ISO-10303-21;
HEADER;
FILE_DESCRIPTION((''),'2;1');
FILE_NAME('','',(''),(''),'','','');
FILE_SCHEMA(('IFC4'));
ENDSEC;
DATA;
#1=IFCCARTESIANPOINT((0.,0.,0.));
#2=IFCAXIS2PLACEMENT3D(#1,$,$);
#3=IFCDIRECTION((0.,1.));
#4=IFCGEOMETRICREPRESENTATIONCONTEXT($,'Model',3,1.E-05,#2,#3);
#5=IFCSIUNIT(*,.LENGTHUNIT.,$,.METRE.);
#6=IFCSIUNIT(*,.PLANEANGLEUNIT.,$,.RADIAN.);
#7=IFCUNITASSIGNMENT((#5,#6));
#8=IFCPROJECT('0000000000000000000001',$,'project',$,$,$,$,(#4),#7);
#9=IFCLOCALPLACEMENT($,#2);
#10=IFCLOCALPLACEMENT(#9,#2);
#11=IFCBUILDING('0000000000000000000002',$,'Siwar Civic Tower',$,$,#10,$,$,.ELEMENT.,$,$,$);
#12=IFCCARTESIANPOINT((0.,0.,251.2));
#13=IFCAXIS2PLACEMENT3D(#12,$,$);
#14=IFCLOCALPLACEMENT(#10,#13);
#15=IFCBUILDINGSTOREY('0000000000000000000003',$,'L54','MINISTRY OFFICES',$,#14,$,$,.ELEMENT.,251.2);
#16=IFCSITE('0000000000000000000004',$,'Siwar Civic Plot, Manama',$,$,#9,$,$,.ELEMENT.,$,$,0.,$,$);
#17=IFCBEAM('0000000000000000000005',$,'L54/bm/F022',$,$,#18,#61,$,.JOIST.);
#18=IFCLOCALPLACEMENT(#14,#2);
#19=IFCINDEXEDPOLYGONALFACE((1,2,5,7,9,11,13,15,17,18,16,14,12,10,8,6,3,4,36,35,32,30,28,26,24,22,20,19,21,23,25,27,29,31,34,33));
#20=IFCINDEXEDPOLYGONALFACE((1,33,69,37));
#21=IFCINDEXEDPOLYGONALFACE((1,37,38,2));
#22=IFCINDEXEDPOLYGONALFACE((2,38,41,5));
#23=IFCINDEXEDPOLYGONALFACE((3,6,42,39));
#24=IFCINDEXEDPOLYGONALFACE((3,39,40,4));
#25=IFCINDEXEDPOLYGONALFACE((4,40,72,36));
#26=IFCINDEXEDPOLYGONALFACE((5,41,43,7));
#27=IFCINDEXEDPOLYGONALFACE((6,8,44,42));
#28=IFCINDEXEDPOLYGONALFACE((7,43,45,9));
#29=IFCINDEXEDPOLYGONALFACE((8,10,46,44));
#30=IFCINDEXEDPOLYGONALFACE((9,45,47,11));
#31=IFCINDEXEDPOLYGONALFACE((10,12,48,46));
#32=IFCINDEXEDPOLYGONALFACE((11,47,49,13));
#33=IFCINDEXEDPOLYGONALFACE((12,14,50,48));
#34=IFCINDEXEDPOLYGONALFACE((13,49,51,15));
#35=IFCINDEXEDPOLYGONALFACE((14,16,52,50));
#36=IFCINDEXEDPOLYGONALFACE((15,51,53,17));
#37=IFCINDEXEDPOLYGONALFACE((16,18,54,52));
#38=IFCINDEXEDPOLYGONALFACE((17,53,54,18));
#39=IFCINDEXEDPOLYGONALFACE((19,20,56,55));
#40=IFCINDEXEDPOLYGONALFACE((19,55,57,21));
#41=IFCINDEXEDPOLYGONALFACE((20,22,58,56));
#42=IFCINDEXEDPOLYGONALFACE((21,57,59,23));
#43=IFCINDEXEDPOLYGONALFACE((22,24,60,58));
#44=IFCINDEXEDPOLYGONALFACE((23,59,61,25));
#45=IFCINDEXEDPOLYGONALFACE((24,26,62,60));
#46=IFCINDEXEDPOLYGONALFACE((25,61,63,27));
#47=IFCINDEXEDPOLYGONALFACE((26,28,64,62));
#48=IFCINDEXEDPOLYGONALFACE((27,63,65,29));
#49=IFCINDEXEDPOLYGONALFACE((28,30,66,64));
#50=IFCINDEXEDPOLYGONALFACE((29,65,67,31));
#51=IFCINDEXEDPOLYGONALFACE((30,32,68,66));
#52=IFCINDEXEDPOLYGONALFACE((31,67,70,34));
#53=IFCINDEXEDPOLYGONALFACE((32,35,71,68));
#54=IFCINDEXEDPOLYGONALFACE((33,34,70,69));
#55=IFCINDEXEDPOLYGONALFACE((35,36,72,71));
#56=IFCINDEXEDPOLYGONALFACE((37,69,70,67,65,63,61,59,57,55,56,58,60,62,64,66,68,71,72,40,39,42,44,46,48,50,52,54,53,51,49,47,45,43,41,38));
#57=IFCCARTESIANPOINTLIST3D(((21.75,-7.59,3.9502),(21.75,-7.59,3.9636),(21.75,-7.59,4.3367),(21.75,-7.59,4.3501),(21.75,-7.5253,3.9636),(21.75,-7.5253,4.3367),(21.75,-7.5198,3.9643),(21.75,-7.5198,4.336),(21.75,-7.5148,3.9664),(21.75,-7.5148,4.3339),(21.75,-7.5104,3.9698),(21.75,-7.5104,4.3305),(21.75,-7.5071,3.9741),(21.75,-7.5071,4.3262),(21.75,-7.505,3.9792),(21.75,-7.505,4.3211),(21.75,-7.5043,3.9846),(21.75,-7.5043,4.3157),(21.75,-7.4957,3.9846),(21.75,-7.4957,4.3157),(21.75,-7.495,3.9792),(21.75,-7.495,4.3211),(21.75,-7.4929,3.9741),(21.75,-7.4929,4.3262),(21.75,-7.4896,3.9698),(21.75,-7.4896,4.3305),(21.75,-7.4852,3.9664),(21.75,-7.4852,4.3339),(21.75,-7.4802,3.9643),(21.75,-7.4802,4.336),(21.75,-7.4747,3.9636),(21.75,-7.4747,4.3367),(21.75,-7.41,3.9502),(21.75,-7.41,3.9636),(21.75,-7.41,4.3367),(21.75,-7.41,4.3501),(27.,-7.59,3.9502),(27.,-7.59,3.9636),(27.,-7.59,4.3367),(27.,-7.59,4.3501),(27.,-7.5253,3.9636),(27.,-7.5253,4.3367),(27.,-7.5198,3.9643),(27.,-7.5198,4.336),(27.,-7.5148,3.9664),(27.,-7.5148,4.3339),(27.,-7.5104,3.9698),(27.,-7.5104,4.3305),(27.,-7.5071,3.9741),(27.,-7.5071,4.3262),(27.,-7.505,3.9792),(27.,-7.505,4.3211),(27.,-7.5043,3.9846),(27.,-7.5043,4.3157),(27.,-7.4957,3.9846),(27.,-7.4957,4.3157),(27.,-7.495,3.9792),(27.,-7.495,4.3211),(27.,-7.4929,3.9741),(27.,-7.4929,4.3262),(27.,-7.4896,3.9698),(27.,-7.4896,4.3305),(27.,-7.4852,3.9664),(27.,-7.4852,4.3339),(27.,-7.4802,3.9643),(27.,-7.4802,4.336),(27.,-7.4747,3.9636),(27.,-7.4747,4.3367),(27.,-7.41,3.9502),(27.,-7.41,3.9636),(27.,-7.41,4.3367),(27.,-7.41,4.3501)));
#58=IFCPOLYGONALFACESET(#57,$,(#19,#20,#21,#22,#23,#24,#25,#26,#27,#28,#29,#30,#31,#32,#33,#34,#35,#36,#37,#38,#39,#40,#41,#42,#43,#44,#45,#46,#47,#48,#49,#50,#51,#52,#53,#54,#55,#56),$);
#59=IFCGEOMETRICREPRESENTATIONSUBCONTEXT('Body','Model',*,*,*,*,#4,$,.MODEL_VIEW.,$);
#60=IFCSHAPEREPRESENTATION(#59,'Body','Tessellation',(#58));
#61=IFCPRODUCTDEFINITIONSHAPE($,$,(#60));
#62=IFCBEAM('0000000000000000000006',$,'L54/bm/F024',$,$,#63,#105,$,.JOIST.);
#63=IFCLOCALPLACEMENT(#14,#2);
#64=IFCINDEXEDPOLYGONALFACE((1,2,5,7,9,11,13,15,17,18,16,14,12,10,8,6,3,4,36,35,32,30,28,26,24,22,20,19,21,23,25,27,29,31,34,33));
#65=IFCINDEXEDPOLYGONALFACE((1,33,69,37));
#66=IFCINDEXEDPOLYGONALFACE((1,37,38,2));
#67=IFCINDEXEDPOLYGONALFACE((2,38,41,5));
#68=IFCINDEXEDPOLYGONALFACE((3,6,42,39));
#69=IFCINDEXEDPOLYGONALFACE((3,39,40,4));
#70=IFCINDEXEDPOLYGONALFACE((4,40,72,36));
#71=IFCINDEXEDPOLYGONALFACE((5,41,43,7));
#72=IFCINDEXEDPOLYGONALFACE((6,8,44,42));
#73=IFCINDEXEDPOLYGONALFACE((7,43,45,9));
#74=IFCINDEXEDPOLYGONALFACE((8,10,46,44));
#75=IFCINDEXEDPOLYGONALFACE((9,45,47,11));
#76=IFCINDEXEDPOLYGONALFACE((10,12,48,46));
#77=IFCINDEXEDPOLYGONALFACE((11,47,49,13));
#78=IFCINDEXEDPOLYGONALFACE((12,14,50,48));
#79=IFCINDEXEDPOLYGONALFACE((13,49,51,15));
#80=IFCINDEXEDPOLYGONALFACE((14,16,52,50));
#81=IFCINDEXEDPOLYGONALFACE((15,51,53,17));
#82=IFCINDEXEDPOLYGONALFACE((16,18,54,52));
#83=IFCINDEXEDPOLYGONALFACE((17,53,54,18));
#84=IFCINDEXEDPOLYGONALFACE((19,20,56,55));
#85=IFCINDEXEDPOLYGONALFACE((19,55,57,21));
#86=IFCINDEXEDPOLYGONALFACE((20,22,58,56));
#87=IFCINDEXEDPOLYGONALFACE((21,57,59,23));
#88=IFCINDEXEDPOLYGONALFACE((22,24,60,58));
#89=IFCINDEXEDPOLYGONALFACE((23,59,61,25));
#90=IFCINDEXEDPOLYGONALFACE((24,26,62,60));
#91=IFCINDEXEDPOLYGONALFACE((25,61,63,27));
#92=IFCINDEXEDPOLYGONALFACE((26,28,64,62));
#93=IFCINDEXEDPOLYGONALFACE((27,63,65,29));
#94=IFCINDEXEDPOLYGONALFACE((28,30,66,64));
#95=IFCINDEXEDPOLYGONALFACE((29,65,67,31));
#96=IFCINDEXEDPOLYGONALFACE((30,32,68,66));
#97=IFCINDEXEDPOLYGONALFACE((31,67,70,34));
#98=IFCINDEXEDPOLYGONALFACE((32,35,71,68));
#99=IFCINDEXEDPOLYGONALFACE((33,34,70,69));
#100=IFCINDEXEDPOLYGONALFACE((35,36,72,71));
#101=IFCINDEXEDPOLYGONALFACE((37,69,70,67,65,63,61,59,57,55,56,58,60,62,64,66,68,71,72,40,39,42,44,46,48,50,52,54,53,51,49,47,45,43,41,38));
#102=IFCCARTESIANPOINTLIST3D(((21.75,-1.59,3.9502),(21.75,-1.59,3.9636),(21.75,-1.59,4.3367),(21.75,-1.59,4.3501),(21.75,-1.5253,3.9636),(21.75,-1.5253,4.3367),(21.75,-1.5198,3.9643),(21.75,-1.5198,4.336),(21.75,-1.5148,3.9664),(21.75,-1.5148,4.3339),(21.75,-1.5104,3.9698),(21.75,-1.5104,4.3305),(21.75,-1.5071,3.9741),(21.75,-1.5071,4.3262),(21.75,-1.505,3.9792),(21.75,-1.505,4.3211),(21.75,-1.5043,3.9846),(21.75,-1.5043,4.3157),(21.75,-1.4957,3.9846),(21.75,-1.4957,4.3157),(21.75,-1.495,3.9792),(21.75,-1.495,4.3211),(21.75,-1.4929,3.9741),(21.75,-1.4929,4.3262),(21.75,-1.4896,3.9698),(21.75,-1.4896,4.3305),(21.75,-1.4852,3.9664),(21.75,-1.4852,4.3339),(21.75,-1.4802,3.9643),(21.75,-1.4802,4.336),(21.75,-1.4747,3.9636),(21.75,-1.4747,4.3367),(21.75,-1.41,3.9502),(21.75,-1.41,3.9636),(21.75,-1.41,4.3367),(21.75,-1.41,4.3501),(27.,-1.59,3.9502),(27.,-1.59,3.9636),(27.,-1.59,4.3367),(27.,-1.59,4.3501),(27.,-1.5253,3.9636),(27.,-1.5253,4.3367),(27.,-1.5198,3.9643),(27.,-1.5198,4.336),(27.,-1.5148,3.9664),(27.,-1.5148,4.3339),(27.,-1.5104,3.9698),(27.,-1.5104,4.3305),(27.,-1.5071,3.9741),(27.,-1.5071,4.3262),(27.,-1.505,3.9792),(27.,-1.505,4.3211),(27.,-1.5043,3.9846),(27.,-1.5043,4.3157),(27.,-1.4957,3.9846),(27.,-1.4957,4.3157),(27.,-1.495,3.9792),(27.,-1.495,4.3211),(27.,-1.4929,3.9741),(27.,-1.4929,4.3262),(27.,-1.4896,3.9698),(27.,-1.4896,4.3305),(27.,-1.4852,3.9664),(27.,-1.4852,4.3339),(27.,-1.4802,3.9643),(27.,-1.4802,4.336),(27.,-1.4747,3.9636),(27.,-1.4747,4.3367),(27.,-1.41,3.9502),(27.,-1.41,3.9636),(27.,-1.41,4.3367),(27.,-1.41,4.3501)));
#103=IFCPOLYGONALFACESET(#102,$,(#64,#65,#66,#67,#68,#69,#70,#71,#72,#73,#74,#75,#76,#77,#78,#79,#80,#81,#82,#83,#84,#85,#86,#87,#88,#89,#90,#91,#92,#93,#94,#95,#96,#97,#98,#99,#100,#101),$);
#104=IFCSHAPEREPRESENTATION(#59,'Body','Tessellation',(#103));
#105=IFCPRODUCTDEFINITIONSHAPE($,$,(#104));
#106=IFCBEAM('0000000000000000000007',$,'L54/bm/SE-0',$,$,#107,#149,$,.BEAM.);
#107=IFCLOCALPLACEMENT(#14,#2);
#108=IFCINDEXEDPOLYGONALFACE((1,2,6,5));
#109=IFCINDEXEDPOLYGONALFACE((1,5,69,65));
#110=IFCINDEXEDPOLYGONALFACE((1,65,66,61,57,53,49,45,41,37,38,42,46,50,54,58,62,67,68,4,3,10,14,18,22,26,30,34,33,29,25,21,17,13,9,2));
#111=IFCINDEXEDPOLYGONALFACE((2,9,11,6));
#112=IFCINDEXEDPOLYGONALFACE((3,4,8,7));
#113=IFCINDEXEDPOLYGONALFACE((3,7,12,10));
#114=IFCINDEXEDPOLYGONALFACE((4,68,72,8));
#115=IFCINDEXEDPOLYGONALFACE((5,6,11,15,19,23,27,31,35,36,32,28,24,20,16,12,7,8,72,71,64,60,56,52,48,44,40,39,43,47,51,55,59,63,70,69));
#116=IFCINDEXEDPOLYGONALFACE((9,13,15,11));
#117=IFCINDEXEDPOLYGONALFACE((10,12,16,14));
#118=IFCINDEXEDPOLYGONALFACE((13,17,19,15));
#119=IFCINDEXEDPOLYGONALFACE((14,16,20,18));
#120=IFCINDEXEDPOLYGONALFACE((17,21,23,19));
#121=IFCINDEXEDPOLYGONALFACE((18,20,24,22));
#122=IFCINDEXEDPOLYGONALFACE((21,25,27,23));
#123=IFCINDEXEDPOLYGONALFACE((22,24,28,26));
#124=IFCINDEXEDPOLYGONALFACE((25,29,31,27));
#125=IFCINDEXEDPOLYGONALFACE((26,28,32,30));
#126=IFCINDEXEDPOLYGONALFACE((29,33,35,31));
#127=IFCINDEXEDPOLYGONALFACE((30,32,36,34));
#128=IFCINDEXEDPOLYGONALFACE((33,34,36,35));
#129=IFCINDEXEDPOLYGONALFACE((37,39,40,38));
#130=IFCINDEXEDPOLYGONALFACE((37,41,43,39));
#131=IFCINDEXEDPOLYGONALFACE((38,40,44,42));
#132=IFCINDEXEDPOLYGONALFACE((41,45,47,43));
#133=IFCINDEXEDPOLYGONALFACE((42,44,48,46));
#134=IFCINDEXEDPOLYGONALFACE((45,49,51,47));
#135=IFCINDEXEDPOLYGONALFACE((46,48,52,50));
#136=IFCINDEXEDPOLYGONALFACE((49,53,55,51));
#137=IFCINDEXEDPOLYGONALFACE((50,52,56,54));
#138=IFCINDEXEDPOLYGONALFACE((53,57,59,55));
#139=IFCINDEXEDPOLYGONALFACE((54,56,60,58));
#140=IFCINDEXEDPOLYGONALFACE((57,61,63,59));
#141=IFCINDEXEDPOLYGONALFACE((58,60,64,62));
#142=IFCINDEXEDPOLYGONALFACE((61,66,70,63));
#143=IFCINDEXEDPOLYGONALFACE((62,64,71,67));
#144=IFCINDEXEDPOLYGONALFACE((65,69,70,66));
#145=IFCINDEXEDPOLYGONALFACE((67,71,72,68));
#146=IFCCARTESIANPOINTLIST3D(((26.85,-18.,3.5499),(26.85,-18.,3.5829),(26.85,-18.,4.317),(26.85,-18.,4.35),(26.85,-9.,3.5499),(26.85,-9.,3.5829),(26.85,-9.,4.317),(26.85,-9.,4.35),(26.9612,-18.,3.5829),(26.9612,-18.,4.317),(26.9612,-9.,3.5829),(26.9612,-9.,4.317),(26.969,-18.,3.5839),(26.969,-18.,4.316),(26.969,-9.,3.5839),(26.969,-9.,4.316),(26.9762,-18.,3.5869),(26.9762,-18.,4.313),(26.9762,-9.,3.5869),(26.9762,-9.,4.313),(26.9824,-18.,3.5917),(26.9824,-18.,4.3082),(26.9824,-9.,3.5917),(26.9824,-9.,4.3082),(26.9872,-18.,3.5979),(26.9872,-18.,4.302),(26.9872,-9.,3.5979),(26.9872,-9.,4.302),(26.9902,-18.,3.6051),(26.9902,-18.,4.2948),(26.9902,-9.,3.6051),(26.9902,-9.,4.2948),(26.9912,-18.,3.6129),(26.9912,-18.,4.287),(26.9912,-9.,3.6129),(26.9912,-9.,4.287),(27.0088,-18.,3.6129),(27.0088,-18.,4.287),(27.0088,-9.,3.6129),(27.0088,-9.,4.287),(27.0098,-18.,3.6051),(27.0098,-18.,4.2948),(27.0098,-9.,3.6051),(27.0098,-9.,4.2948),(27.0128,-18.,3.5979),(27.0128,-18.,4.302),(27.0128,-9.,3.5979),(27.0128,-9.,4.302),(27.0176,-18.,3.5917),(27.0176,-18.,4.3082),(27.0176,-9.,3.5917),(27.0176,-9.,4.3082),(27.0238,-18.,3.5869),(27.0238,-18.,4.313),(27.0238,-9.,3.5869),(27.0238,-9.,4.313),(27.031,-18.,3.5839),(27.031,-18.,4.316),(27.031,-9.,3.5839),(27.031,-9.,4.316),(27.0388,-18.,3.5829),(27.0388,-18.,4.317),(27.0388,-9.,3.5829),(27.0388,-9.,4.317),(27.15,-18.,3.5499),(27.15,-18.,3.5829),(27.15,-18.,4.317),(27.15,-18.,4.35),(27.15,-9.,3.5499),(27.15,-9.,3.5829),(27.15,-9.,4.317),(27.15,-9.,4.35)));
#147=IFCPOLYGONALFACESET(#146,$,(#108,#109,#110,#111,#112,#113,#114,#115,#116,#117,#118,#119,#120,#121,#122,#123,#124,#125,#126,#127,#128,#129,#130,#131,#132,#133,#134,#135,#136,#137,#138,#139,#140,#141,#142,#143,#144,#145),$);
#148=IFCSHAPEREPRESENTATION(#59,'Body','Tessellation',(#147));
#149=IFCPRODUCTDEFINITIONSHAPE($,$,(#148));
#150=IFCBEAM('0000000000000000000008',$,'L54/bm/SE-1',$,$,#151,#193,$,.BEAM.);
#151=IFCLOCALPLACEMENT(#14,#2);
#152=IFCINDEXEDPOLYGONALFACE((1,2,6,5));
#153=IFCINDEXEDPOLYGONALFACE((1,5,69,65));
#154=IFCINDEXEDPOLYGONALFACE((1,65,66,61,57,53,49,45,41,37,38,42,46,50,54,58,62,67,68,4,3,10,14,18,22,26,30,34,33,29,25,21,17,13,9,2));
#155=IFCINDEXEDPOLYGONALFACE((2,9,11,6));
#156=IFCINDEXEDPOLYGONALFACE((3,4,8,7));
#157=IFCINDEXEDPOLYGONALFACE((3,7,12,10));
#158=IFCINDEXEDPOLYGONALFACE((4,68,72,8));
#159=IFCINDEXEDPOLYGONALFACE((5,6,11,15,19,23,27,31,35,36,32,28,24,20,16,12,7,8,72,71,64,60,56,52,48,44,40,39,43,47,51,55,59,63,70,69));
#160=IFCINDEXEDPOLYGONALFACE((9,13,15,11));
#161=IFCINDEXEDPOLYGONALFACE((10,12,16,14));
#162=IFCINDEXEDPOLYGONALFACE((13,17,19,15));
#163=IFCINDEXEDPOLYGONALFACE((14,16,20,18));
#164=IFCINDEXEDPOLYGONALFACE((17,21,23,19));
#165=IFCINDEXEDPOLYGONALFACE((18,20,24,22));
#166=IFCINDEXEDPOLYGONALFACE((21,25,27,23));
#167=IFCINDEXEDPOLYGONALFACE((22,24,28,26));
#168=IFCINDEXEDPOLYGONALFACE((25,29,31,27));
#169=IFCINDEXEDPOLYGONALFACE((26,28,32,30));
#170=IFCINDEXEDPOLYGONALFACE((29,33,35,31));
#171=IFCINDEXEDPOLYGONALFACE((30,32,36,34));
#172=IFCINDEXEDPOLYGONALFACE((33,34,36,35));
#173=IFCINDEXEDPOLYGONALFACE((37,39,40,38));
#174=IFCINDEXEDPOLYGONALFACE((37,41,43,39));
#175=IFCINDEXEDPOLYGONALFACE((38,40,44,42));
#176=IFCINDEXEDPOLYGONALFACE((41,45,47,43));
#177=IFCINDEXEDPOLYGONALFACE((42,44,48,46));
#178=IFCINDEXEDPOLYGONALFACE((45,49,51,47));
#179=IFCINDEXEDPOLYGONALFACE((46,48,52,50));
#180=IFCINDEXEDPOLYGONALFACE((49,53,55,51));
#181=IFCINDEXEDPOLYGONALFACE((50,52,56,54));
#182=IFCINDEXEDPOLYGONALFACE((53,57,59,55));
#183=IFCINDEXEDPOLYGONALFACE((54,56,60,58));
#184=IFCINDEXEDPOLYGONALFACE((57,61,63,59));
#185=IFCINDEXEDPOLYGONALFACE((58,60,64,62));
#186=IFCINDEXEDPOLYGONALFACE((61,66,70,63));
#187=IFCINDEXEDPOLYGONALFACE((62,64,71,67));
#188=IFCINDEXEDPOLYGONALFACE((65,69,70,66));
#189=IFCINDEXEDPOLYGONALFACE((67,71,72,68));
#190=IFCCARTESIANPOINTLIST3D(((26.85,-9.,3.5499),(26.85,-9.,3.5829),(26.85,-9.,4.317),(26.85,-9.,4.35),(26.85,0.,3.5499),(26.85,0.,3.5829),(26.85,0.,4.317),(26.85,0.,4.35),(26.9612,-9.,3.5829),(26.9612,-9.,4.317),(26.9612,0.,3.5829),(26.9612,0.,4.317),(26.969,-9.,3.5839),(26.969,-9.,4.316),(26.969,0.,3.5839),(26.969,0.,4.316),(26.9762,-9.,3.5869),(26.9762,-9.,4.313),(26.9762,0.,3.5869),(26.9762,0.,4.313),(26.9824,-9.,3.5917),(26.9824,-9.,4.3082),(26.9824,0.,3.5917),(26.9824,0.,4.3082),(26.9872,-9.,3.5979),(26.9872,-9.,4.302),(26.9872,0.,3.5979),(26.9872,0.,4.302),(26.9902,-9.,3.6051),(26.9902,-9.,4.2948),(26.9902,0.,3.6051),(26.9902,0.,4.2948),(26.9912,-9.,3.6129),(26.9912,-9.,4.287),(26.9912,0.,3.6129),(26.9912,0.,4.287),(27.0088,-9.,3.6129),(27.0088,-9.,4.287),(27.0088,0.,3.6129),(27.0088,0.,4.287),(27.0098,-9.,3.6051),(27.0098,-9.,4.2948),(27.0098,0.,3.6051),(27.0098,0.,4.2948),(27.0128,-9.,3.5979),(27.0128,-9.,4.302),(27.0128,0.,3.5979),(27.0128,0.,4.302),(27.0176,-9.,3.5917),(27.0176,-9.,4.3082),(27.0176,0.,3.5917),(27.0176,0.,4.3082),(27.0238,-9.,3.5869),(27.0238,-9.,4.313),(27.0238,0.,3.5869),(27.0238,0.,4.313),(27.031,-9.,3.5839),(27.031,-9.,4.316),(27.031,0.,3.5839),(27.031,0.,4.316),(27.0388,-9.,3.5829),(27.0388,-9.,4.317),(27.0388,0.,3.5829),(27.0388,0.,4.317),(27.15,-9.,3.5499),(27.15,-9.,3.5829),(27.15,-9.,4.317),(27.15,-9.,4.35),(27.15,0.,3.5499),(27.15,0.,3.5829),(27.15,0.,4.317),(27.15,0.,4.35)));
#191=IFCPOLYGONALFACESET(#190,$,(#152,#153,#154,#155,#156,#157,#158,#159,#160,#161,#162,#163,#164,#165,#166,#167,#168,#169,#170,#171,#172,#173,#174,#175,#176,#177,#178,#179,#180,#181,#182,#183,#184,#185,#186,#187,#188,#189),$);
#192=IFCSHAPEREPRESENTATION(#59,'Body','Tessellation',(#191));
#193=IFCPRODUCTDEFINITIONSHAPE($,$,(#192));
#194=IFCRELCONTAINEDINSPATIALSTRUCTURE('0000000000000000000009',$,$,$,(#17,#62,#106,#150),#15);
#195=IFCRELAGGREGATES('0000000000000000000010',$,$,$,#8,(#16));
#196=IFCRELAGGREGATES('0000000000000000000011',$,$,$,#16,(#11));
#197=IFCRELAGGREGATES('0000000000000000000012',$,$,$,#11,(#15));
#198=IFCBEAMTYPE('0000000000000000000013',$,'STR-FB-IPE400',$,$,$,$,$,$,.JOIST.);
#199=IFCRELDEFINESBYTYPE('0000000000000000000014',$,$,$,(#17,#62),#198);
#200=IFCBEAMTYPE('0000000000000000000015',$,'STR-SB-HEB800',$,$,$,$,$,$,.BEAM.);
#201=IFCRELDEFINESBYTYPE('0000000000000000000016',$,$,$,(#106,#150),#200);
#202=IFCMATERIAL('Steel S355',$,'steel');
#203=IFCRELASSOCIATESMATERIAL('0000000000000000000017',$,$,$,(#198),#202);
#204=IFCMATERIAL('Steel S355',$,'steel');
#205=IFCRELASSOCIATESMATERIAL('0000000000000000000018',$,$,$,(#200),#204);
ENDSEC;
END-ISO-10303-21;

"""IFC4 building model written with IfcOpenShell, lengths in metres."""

from ifc_helpers import new_model, si_unit, direction, frame, origin, origin_2d, place, context, subcontext, project, spatial, i_section, extrude, material, material_profile, profile_set, type_object, element, save


model = new_model("IFC4")

# Units and contexts
model_context = context("Model", 3, precision=1e-05, world=origin(), true_north=direction((0.0, 1.0)))
body_context = subcontext(model_context, "Body", "Model", "MODEL_VIEW")
ifc_project = project(units=[si_unit("LENGTHUNIT", "METRE"), si_unit("PLANEANGLEUNIT", "RADIAN")], contexts=[model_context])

# Site, building, storey
site_placement = place(None, origin())
site = spatial("IfcSite", under=ifc_project, at=site_placement, Name="Siwar Civic Plot, Manama", CompositionType="ELEMENT", RefElevation=0.0)
building_placement = place(site_placement, origin())
building = spatial("IfcBuilding", under=site, at=building_placement, Name="Siwar Civic Tower", CompositionType="ELEMENT")
storey_placement = place(building_placement, frame((0.0, 0.0, 251.2)))
storey = spatial("IfcBuildingStorey", under=building, at=storey_placement, Name="L54", Description="MINISTRY OFFICES", CompositionType="ELEMENT", Elevation=251.2)

# Beams
ifc_material_1 = material(Name="Steel S355", Category="steel")
ifc_material_profile_1 = material_profile(ifc_material_1, i_section(OverallWidth=0.1799, OverallDepth=0.3999, WebThickness=0.0085, FlangeThickness=0.0134, FilletRadius=0.021, at=origin_2d()), Name="IPE400")
ifc_profile_set_1 = profile_set([ifc_material_profile_1], Name="Steel S355")
beam_type_1 = type_object("IfcBeamType", Name="STR-FB-IPE400", PredefinedType="JOIST", material=ifc_profile_set_1)
for number, where, z_axis, x_axis, name in (
    (1, (21.75, -7.5, 4.1501), (1.0, 0.0, 0.0), (0.0, 1.0, 0.0), "L54/bm/F022"),
    (2, (21.75, -1.5, 4.1501), (1.0, 0.0, 0.0), (0.0, 1.0, 0.0), "L54/bm/F024"),
):
    element("IfcBeam", number, at=place(storey_placement, frame(where, z_axis=z_axis, x_axis=x_axis)), inside=storey, type_object=beam_type_1, Name=name, PredefinedType="JOIST", context=body_context, shape_type="SweptSolid", body=[
        extrude(i_section(OverallWidth=0.1799, OverallDepth=0.3999, WebThickness=0.0085, FlangeThickness=0.0134, FilletRadius=0.021, at=origin_2d()), origin(), (0.0, 0.0, 1.0), 5.25),
    ])
ifc_material_2 = material(Name="Steel S355", Category="steel")
ifc_material_profile_2 = material_profile(ifc_material_2, i_section(OverallWidth=0.3, OverallDepth=0.8, WebThickness=0.0176, FlangeThickness=0.033, FilletRadius=0.03, at=origin_2d()), Name="HEB800")
ifc_profile_set_2 = profile_set([ifc_material_profile_2], Name="Steel S355")
beam_type_2 = type_object("IfcBeamType", Name="STR-SB-HEB800", PredefinedType="BEAM", material=ifc_profile_set_2)
for number, where, z_axis, x_axis, name in (
    (3, (27.0, -18.0, 3.95), (0.0, 1.0, 0.0), (-1.0, 0.0, 0.0), "L54/bm/SE-0"),
    (4, (27.0, -9.0, 3.95), (0.0, 1.0, 0.0), (-1.0, 0.0, 0.0), "L54/bm/SE-1"),
):
    element("IfcBeam", number, at=place(storey_placement, frame(where, z_axis=z_axis, x_axis=x_axis)), inside=storey, type_object=beam_type_2, Name=name, PredefinedType="BEAM", context=body_context, shape_type="SweptSolid", body=[
        extrude(i_section(OverallWidth=0.3, OverallDepth=0.8, WebThickness=0.0176, FlangeThickness=0.033, FilletRadius=0.03, at=origin_2d()), origin(), (0.0, 0.0, 1.0), 9.0),
    ])

save(model, "model.ifc")
